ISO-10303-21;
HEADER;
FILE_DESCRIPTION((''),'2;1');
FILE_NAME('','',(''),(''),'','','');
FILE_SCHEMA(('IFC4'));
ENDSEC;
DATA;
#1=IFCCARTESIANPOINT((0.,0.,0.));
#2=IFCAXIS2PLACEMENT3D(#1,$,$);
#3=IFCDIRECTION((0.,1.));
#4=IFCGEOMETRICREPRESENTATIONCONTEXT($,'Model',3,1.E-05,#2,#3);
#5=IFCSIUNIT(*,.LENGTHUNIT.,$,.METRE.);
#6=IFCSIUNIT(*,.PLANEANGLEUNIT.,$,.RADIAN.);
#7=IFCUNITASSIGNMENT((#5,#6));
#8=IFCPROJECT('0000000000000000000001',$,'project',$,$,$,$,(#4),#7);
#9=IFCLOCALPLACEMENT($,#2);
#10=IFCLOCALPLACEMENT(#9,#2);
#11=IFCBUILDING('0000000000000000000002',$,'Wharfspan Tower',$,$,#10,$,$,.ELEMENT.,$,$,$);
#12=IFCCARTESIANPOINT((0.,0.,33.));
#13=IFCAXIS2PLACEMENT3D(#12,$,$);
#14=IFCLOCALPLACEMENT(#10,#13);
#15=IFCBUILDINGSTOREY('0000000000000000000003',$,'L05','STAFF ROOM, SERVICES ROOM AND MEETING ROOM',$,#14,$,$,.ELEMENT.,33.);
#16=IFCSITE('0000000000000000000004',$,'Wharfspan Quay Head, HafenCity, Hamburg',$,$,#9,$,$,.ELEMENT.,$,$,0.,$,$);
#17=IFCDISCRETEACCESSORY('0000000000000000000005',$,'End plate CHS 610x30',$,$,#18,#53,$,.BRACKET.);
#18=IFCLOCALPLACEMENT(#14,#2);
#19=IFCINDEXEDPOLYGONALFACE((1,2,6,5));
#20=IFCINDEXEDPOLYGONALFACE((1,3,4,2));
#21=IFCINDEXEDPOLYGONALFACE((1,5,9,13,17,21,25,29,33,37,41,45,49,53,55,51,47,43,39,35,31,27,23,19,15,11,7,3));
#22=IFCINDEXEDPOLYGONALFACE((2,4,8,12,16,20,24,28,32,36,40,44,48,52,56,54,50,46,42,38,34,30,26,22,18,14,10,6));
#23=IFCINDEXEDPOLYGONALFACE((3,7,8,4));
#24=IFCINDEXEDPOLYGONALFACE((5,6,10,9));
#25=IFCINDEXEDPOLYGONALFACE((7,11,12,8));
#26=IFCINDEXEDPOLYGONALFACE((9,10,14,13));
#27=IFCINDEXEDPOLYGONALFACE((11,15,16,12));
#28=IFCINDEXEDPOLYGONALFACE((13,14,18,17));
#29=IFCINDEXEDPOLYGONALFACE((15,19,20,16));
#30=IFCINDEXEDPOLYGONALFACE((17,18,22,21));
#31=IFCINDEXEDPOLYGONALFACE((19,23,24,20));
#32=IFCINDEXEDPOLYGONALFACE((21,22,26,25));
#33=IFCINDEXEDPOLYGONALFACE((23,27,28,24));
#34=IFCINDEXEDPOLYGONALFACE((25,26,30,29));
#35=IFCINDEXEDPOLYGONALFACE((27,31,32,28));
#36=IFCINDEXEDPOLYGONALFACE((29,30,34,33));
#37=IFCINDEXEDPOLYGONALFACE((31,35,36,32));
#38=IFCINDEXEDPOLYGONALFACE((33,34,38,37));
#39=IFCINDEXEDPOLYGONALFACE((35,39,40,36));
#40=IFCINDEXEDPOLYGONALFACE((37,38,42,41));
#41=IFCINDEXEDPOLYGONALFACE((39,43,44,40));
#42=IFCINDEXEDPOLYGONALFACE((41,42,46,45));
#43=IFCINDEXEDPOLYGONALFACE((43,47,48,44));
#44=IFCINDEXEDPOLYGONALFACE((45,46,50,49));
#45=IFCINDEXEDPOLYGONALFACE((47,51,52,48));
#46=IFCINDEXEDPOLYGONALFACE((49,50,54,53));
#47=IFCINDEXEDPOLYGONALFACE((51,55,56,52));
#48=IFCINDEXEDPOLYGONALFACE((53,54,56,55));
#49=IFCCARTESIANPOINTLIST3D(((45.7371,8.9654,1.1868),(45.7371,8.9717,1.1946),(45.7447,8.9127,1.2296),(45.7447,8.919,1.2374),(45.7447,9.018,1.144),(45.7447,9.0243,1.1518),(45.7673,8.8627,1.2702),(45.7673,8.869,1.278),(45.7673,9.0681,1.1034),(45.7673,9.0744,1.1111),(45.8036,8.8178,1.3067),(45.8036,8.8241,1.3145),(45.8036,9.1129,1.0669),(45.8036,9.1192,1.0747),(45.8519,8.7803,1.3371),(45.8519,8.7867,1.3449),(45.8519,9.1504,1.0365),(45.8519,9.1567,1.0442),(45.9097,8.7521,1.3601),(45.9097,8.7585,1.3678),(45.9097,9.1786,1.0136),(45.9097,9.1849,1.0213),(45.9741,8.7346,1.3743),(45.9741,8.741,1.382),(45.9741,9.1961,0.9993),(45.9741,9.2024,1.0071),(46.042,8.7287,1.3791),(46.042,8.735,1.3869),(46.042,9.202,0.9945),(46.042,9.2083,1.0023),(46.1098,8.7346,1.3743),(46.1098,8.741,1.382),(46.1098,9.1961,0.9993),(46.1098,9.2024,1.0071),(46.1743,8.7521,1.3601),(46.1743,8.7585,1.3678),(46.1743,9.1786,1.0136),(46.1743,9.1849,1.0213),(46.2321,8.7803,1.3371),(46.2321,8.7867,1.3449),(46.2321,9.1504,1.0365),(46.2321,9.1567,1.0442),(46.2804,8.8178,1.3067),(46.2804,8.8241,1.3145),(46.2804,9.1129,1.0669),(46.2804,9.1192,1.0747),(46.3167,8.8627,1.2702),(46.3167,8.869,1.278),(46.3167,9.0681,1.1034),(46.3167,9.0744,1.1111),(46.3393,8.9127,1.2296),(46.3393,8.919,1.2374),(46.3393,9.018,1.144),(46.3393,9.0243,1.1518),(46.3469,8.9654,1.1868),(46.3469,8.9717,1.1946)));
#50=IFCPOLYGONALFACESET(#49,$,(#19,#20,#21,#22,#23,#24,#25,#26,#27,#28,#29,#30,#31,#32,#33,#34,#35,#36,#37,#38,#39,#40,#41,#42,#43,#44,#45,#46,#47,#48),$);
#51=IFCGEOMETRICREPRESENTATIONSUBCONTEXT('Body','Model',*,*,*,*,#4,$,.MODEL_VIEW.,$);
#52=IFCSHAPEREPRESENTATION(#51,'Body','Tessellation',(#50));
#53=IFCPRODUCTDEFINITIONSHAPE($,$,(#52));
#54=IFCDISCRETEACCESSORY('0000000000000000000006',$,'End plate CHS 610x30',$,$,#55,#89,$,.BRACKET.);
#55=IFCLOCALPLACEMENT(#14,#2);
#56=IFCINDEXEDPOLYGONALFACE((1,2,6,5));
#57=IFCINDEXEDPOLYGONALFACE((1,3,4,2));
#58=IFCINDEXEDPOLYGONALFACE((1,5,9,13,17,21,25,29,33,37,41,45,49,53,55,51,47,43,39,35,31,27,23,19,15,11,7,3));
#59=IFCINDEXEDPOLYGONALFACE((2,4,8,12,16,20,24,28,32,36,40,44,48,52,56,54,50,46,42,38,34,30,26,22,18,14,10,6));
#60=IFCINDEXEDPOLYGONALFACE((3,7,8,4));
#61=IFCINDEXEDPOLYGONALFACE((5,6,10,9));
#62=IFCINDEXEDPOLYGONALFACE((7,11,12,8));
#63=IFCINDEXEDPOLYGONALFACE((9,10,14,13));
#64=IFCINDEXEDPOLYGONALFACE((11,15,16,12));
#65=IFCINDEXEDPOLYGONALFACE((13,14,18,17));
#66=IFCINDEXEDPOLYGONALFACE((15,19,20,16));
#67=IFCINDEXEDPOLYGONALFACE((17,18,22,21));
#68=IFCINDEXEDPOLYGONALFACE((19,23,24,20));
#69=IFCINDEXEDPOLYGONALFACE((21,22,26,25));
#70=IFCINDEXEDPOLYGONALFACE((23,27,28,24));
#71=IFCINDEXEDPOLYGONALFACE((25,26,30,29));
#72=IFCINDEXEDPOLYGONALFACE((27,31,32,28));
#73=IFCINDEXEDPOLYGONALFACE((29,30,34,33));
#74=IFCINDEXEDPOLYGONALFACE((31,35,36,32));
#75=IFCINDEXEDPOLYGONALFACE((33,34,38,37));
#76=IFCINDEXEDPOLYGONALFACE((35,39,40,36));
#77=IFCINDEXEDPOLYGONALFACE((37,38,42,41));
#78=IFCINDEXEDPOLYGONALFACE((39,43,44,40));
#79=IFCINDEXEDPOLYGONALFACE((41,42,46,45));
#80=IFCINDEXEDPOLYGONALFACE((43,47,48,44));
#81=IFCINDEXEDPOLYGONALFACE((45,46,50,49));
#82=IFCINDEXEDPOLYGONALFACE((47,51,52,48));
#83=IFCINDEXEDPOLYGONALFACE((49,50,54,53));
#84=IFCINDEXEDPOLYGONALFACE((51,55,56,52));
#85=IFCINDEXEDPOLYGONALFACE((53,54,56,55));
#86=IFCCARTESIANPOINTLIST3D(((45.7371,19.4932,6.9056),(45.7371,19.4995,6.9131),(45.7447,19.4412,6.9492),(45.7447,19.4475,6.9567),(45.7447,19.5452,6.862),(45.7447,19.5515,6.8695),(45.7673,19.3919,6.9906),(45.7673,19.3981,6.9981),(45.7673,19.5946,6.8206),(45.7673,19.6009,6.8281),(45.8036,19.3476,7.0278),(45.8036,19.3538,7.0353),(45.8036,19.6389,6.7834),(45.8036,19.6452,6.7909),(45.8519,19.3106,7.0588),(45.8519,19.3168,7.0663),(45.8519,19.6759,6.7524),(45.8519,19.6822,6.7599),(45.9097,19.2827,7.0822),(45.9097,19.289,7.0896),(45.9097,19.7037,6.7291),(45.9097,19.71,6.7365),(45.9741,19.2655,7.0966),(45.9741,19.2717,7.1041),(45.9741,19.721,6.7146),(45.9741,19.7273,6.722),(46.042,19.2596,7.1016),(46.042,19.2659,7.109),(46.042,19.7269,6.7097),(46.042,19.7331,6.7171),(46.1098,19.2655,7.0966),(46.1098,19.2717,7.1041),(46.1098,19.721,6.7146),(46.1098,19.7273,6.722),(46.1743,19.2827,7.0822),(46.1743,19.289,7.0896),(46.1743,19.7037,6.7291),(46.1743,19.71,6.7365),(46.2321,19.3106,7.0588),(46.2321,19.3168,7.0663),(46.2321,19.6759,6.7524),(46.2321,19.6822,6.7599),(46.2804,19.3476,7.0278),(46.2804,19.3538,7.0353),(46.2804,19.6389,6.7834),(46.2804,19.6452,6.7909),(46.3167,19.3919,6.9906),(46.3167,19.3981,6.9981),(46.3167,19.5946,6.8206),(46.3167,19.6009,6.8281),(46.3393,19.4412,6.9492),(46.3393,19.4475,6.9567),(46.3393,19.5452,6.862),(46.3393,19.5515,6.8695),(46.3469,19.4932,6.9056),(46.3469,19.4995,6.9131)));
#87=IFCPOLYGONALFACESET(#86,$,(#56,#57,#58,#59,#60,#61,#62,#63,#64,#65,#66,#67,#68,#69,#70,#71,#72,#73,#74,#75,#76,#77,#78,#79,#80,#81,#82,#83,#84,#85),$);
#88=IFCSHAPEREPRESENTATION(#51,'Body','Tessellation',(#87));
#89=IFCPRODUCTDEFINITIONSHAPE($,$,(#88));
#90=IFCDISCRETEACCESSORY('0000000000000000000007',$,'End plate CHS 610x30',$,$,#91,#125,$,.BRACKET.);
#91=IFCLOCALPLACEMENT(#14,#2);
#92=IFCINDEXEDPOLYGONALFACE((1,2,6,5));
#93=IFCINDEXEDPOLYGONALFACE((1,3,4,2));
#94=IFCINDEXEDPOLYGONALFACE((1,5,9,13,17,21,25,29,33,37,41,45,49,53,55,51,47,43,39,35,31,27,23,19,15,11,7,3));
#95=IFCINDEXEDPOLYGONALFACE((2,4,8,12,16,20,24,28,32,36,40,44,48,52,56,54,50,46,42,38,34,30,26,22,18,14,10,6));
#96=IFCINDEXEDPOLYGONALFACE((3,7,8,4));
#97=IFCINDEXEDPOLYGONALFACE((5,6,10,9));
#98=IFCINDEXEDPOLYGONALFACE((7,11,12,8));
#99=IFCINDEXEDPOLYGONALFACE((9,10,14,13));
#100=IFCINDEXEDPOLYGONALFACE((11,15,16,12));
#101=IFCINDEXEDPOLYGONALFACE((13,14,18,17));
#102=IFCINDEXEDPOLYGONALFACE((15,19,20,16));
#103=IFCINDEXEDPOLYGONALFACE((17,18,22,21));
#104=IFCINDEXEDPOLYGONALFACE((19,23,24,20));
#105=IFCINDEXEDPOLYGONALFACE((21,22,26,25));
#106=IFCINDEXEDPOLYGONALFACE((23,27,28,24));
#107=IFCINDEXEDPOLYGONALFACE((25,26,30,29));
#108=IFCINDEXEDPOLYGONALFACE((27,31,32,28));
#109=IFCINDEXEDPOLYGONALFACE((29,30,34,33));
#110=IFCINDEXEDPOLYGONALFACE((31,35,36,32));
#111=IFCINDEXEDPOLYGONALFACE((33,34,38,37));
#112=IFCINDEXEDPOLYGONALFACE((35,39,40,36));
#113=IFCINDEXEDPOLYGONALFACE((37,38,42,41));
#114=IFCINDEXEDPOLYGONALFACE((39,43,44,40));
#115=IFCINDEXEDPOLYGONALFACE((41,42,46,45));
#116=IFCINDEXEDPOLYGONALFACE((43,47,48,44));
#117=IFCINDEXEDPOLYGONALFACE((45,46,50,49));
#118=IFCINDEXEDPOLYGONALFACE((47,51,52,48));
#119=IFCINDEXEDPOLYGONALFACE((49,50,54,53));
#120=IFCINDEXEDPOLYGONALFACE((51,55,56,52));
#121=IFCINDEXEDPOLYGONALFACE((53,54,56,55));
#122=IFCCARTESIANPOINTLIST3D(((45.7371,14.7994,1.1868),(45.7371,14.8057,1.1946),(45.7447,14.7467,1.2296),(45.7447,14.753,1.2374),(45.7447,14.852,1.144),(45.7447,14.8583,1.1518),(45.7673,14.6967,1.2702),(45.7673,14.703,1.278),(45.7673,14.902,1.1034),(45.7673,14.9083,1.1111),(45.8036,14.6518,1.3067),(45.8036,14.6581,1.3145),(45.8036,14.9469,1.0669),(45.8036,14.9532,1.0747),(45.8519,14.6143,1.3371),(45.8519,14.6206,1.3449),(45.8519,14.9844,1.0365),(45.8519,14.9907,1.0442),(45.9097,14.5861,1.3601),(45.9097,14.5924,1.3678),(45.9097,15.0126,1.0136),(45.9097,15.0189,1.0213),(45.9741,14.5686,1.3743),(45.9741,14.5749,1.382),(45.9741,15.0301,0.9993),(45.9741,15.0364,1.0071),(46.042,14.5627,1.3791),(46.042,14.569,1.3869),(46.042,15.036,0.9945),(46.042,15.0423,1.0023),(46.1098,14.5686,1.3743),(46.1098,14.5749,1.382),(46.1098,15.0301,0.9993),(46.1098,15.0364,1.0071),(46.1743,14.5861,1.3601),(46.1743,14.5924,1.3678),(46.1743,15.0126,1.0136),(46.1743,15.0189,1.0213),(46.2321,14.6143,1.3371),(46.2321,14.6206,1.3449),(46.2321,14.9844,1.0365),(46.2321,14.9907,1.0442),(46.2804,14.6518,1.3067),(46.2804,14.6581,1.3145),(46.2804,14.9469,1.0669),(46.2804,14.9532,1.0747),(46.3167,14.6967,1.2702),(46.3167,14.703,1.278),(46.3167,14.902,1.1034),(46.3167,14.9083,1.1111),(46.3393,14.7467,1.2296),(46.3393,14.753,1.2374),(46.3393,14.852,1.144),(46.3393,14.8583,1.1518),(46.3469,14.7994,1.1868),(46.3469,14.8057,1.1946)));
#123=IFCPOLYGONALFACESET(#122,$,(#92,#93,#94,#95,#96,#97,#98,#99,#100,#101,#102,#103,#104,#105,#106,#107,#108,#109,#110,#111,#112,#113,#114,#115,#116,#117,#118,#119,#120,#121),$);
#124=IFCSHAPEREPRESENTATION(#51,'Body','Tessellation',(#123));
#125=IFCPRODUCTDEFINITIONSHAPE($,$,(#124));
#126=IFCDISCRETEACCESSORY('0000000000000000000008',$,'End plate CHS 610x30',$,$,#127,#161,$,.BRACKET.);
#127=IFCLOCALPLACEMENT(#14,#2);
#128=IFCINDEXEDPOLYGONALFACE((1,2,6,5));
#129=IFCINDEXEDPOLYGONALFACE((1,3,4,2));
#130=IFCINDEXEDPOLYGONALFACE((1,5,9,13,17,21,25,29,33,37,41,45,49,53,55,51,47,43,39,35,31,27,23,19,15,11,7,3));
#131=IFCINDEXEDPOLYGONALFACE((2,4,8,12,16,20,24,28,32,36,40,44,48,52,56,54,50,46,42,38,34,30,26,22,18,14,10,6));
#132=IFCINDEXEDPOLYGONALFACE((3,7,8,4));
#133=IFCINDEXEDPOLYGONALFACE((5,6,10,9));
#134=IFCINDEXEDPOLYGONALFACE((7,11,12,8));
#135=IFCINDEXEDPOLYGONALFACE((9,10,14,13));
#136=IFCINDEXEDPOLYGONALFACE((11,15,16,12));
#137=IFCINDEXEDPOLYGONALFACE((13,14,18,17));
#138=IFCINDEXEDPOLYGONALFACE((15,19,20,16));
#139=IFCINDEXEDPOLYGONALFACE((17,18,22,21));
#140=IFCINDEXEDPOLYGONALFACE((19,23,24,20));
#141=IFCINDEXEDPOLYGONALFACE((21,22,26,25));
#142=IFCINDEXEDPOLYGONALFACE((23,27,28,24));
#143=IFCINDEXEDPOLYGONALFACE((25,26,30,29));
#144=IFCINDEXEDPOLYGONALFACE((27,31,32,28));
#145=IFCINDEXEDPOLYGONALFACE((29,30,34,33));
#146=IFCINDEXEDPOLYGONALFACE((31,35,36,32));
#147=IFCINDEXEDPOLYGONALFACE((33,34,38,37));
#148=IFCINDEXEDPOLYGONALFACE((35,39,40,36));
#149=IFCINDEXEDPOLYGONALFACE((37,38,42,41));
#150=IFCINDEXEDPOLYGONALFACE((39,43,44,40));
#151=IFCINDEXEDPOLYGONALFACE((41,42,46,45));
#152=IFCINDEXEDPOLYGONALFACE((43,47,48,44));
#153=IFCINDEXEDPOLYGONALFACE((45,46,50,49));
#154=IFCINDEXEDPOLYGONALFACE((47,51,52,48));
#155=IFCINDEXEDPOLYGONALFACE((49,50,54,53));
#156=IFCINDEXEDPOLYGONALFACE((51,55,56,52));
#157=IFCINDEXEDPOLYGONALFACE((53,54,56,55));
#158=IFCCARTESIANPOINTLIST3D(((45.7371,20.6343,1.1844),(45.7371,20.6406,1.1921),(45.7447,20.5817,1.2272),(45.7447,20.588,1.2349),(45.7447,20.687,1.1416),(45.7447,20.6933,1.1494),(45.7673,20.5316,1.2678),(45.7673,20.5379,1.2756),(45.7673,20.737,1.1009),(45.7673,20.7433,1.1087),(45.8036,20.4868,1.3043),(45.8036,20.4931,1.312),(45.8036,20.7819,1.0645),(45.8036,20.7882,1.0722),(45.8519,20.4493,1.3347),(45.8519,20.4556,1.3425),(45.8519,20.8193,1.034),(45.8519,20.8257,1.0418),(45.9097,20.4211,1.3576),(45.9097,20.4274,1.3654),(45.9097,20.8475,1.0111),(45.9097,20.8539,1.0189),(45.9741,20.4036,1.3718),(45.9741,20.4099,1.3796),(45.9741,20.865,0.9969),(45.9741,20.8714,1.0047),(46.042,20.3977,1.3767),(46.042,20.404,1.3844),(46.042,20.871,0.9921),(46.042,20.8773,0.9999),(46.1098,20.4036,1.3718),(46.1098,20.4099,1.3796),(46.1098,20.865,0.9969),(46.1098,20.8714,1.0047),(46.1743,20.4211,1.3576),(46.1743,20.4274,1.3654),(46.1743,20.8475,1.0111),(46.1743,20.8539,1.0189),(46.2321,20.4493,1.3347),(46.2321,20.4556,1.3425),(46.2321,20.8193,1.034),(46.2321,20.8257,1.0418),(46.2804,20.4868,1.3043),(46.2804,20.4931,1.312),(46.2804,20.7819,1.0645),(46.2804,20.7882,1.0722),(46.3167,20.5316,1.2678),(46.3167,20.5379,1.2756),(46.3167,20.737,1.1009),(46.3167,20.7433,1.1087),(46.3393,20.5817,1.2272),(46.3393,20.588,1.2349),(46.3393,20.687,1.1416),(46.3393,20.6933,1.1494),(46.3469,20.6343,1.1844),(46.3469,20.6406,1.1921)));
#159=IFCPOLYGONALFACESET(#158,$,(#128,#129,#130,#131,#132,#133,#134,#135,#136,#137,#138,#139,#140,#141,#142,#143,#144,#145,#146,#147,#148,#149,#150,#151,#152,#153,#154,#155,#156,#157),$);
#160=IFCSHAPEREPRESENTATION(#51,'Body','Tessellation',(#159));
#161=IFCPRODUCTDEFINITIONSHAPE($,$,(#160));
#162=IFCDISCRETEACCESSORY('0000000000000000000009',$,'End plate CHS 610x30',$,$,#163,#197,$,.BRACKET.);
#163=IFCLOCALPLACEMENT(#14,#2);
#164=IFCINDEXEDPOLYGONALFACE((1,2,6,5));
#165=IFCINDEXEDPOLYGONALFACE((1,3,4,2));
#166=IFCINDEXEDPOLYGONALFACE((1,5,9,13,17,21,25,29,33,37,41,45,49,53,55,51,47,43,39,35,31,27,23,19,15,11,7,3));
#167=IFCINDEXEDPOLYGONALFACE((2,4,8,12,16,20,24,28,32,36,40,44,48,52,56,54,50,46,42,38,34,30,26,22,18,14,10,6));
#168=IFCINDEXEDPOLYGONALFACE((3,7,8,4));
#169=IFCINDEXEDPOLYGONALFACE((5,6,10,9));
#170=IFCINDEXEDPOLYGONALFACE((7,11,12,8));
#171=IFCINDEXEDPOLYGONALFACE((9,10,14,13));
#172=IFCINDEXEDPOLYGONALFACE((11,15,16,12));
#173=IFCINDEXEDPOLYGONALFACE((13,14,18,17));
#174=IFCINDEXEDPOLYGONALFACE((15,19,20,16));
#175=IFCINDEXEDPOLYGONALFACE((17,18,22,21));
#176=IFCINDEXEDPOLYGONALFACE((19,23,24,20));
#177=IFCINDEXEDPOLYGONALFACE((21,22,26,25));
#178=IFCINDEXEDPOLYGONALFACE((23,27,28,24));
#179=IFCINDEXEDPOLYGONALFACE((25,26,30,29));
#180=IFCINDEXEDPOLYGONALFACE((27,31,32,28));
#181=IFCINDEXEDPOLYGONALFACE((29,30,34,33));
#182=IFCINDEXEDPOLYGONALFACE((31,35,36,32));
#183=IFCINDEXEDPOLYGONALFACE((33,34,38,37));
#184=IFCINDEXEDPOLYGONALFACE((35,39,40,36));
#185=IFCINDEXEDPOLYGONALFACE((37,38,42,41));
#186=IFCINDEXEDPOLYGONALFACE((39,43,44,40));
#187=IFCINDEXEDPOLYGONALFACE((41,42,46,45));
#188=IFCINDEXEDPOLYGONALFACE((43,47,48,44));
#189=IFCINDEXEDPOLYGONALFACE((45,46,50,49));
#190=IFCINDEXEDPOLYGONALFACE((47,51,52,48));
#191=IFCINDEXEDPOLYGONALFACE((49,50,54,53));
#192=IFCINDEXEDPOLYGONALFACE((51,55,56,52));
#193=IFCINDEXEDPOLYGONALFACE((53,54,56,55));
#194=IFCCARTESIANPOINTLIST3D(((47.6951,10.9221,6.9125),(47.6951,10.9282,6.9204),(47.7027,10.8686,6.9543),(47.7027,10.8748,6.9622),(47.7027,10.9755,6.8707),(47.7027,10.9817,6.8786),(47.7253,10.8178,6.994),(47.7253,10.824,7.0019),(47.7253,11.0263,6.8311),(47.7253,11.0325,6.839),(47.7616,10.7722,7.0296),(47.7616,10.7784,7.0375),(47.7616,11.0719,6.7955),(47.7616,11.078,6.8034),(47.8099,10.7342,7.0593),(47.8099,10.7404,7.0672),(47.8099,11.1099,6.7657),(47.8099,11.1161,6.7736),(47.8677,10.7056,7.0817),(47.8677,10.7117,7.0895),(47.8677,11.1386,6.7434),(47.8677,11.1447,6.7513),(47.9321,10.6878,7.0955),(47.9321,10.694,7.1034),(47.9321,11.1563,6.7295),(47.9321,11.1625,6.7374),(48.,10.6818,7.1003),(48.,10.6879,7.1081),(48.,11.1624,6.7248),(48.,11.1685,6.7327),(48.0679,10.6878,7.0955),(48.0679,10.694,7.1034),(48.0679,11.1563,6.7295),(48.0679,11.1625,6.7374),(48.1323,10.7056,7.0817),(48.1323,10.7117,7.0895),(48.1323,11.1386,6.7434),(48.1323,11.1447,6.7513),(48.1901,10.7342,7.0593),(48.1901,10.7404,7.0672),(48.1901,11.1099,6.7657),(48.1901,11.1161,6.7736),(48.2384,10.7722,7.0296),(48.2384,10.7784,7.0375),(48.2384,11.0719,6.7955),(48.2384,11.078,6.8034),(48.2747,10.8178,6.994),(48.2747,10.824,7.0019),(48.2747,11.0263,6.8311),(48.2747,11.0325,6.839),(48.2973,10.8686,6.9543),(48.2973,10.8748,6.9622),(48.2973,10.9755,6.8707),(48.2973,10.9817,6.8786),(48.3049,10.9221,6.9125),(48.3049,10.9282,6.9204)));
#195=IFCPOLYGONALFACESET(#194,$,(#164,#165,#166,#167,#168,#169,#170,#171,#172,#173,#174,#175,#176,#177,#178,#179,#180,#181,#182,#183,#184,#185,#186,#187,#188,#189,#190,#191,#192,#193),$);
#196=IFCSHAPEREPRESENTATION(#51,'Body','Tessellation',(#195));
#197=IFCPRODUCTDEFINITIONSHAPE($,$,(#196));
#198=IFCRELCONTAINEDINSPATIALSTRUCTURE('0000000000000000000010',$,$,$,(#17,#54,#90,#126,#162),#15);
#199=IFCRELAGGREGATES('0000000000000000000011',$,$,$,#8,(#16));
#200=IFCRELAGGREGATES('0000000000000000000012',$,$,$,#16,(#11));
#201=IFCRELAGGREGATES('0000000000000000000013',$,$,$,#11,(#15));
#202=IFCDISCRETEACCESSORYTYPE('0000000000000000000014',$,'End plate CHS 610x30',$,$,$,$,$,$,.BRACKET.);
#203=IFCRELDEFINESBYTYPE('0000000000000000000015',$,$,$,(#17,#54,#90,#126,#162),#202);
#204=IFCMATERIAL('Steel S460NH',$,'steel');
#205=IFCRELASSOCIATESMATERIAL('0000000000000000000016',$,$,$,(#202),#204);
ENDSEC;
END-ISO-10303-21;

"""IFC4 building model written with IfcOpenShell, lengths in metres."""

from ifc_helpers import new_model, si_unit, direction, frame, origin, origin_2d, place, context, subcontext, project, spatial, circle, extrude, material, material_profile, profile_set, type_object, element, save


model = new_model("IFC4")

# Units and contexts
model_context = context("Model", 3, precision=1e-05, world=origin(), true_north=direction((0.0, 1.0)))
body_context = subcontext(model_context, "Body", "Model", "MODEL_VIEW")
ifc_project = project(units=[si_unit("LENGTHUNIT", "METRE"), si_unit("PLANEANGLEUNIT", "RADIAN")], contexts=[model_context])

# Site, building, storey
site_placement = place(None, origin())
site = spatial("IfcSite", under=ifc_project, at=site_placement, Name="Wharfspan Quay Head, HafenCity, Hamburg", CompositionType="ELEMENT", RefElevation=0.0)
building_placement = place(site_placement, origin())
building = spatial("IfcBuilding", under=site, at=building_placement, Name="Wharfspan Tower", CompositionType="ELEMENT")
storey_placement = place(building_placement, frame((0.0, 0.0, 33.0)))
storey = spatial("IfcBuildingStorey", under=building, at=storey_placement, Name="L05", Description="STAFF ROOM, SERVICES ROOM AND MEETING ROOM", CompositionType="ELEMENT", Elevation=33.0)

# Shared definitions
ifc_material_1 = material(Name="Steel S460NH", Category="steel")

# Discrete accessories
ifc_material_profile_1 = material_profile(ifc_material_1, circle(Radius=0.3049, at=origin_2d()))
ifc_profile_set_1 = profile_set([ifc_material_profile_1], Name="Steel S460NH")
discrete_accessory_type = type_object("IfcDiscreteAccessoryType", Name="End plate CHS 610x30", PredefinedType="BRACKET", material=ifc_profile_set_1)
discrete_accessory_1_placement = place(storey_placement, frame((46.042, 8.9717, 1.1946), z_axis=(0.0, -0.630593, -0.776114), x_axis=(1.0, 0.0, 0.0)))
element("IfcDiscreteAccessory", 1, at=discrete_accessory_1_placement, inside=storey, type_object=discrete_accessory_type, Name="End plate CHS 610x30", PredefinedType="BRACKET", context=body_context, shape_type="SweptSolid", body=[
    extrude(circle(Radius=0.3049, at=origin_2d()), origin(), (0.0, 0.0, 1.0), 0.01),
])
discrete_accessory_2_placement = place(storey_placement, frame((46.042, 19.4995, 6.9131), z_axis=(0.0, -0.642612, -0.766192), x_axis=(1.0, 0.0, 0.0)))
element("IfcDiscreteAccessory", 2, at=discrete_accessory_2_placement, inside=storey, type_object=discrete_accessory_type, Name="End plate CHS 610x30", PredefinedType="BRACKET", context=body_context, shape_type="SweptSolid", body=[
    extrude(circle(Radius=0.3049, at=origin_2d()), origin(), (0.0, 0.0, 1.0), 0.0098),
])
for number, where, z_axis, x_axis, name in (
    (3, (46.042, 14.8057, 1.1946), (0.0, -0.630593, -0.776114), (1.0, 0.0, 0.0), "End plate CHS 610x30"),
    (4, (46.042, 20.6406, 1.1921), (0.0, -0.630593, -0.776114), (1.0, 0.0, 0.0), "End plate CHS 610x30"),
    (5, (48.0, 10.9282, 6.9204), (0.0, -0.615644, -0.788024), (1.0, 0.0, 0.0), "End plate CHS 610x30"),
):
    element("IfcDiscreteAccessory", number, at=place(storey_placement, frame(where, z_axis=z_axis, x_axis=x_axis)), inside=storey, type_object=discrete_accessory_type, Name=name, PredefinedType="BRACKET", context=body_context, shape_type="SweptSolid", body=[
        extrude(circle(Radius=0.3049, at=origin_2d()), origin(), (0.0, 0.0, 1.0), 0.01),
    ])

save(model, "model.ifc")
